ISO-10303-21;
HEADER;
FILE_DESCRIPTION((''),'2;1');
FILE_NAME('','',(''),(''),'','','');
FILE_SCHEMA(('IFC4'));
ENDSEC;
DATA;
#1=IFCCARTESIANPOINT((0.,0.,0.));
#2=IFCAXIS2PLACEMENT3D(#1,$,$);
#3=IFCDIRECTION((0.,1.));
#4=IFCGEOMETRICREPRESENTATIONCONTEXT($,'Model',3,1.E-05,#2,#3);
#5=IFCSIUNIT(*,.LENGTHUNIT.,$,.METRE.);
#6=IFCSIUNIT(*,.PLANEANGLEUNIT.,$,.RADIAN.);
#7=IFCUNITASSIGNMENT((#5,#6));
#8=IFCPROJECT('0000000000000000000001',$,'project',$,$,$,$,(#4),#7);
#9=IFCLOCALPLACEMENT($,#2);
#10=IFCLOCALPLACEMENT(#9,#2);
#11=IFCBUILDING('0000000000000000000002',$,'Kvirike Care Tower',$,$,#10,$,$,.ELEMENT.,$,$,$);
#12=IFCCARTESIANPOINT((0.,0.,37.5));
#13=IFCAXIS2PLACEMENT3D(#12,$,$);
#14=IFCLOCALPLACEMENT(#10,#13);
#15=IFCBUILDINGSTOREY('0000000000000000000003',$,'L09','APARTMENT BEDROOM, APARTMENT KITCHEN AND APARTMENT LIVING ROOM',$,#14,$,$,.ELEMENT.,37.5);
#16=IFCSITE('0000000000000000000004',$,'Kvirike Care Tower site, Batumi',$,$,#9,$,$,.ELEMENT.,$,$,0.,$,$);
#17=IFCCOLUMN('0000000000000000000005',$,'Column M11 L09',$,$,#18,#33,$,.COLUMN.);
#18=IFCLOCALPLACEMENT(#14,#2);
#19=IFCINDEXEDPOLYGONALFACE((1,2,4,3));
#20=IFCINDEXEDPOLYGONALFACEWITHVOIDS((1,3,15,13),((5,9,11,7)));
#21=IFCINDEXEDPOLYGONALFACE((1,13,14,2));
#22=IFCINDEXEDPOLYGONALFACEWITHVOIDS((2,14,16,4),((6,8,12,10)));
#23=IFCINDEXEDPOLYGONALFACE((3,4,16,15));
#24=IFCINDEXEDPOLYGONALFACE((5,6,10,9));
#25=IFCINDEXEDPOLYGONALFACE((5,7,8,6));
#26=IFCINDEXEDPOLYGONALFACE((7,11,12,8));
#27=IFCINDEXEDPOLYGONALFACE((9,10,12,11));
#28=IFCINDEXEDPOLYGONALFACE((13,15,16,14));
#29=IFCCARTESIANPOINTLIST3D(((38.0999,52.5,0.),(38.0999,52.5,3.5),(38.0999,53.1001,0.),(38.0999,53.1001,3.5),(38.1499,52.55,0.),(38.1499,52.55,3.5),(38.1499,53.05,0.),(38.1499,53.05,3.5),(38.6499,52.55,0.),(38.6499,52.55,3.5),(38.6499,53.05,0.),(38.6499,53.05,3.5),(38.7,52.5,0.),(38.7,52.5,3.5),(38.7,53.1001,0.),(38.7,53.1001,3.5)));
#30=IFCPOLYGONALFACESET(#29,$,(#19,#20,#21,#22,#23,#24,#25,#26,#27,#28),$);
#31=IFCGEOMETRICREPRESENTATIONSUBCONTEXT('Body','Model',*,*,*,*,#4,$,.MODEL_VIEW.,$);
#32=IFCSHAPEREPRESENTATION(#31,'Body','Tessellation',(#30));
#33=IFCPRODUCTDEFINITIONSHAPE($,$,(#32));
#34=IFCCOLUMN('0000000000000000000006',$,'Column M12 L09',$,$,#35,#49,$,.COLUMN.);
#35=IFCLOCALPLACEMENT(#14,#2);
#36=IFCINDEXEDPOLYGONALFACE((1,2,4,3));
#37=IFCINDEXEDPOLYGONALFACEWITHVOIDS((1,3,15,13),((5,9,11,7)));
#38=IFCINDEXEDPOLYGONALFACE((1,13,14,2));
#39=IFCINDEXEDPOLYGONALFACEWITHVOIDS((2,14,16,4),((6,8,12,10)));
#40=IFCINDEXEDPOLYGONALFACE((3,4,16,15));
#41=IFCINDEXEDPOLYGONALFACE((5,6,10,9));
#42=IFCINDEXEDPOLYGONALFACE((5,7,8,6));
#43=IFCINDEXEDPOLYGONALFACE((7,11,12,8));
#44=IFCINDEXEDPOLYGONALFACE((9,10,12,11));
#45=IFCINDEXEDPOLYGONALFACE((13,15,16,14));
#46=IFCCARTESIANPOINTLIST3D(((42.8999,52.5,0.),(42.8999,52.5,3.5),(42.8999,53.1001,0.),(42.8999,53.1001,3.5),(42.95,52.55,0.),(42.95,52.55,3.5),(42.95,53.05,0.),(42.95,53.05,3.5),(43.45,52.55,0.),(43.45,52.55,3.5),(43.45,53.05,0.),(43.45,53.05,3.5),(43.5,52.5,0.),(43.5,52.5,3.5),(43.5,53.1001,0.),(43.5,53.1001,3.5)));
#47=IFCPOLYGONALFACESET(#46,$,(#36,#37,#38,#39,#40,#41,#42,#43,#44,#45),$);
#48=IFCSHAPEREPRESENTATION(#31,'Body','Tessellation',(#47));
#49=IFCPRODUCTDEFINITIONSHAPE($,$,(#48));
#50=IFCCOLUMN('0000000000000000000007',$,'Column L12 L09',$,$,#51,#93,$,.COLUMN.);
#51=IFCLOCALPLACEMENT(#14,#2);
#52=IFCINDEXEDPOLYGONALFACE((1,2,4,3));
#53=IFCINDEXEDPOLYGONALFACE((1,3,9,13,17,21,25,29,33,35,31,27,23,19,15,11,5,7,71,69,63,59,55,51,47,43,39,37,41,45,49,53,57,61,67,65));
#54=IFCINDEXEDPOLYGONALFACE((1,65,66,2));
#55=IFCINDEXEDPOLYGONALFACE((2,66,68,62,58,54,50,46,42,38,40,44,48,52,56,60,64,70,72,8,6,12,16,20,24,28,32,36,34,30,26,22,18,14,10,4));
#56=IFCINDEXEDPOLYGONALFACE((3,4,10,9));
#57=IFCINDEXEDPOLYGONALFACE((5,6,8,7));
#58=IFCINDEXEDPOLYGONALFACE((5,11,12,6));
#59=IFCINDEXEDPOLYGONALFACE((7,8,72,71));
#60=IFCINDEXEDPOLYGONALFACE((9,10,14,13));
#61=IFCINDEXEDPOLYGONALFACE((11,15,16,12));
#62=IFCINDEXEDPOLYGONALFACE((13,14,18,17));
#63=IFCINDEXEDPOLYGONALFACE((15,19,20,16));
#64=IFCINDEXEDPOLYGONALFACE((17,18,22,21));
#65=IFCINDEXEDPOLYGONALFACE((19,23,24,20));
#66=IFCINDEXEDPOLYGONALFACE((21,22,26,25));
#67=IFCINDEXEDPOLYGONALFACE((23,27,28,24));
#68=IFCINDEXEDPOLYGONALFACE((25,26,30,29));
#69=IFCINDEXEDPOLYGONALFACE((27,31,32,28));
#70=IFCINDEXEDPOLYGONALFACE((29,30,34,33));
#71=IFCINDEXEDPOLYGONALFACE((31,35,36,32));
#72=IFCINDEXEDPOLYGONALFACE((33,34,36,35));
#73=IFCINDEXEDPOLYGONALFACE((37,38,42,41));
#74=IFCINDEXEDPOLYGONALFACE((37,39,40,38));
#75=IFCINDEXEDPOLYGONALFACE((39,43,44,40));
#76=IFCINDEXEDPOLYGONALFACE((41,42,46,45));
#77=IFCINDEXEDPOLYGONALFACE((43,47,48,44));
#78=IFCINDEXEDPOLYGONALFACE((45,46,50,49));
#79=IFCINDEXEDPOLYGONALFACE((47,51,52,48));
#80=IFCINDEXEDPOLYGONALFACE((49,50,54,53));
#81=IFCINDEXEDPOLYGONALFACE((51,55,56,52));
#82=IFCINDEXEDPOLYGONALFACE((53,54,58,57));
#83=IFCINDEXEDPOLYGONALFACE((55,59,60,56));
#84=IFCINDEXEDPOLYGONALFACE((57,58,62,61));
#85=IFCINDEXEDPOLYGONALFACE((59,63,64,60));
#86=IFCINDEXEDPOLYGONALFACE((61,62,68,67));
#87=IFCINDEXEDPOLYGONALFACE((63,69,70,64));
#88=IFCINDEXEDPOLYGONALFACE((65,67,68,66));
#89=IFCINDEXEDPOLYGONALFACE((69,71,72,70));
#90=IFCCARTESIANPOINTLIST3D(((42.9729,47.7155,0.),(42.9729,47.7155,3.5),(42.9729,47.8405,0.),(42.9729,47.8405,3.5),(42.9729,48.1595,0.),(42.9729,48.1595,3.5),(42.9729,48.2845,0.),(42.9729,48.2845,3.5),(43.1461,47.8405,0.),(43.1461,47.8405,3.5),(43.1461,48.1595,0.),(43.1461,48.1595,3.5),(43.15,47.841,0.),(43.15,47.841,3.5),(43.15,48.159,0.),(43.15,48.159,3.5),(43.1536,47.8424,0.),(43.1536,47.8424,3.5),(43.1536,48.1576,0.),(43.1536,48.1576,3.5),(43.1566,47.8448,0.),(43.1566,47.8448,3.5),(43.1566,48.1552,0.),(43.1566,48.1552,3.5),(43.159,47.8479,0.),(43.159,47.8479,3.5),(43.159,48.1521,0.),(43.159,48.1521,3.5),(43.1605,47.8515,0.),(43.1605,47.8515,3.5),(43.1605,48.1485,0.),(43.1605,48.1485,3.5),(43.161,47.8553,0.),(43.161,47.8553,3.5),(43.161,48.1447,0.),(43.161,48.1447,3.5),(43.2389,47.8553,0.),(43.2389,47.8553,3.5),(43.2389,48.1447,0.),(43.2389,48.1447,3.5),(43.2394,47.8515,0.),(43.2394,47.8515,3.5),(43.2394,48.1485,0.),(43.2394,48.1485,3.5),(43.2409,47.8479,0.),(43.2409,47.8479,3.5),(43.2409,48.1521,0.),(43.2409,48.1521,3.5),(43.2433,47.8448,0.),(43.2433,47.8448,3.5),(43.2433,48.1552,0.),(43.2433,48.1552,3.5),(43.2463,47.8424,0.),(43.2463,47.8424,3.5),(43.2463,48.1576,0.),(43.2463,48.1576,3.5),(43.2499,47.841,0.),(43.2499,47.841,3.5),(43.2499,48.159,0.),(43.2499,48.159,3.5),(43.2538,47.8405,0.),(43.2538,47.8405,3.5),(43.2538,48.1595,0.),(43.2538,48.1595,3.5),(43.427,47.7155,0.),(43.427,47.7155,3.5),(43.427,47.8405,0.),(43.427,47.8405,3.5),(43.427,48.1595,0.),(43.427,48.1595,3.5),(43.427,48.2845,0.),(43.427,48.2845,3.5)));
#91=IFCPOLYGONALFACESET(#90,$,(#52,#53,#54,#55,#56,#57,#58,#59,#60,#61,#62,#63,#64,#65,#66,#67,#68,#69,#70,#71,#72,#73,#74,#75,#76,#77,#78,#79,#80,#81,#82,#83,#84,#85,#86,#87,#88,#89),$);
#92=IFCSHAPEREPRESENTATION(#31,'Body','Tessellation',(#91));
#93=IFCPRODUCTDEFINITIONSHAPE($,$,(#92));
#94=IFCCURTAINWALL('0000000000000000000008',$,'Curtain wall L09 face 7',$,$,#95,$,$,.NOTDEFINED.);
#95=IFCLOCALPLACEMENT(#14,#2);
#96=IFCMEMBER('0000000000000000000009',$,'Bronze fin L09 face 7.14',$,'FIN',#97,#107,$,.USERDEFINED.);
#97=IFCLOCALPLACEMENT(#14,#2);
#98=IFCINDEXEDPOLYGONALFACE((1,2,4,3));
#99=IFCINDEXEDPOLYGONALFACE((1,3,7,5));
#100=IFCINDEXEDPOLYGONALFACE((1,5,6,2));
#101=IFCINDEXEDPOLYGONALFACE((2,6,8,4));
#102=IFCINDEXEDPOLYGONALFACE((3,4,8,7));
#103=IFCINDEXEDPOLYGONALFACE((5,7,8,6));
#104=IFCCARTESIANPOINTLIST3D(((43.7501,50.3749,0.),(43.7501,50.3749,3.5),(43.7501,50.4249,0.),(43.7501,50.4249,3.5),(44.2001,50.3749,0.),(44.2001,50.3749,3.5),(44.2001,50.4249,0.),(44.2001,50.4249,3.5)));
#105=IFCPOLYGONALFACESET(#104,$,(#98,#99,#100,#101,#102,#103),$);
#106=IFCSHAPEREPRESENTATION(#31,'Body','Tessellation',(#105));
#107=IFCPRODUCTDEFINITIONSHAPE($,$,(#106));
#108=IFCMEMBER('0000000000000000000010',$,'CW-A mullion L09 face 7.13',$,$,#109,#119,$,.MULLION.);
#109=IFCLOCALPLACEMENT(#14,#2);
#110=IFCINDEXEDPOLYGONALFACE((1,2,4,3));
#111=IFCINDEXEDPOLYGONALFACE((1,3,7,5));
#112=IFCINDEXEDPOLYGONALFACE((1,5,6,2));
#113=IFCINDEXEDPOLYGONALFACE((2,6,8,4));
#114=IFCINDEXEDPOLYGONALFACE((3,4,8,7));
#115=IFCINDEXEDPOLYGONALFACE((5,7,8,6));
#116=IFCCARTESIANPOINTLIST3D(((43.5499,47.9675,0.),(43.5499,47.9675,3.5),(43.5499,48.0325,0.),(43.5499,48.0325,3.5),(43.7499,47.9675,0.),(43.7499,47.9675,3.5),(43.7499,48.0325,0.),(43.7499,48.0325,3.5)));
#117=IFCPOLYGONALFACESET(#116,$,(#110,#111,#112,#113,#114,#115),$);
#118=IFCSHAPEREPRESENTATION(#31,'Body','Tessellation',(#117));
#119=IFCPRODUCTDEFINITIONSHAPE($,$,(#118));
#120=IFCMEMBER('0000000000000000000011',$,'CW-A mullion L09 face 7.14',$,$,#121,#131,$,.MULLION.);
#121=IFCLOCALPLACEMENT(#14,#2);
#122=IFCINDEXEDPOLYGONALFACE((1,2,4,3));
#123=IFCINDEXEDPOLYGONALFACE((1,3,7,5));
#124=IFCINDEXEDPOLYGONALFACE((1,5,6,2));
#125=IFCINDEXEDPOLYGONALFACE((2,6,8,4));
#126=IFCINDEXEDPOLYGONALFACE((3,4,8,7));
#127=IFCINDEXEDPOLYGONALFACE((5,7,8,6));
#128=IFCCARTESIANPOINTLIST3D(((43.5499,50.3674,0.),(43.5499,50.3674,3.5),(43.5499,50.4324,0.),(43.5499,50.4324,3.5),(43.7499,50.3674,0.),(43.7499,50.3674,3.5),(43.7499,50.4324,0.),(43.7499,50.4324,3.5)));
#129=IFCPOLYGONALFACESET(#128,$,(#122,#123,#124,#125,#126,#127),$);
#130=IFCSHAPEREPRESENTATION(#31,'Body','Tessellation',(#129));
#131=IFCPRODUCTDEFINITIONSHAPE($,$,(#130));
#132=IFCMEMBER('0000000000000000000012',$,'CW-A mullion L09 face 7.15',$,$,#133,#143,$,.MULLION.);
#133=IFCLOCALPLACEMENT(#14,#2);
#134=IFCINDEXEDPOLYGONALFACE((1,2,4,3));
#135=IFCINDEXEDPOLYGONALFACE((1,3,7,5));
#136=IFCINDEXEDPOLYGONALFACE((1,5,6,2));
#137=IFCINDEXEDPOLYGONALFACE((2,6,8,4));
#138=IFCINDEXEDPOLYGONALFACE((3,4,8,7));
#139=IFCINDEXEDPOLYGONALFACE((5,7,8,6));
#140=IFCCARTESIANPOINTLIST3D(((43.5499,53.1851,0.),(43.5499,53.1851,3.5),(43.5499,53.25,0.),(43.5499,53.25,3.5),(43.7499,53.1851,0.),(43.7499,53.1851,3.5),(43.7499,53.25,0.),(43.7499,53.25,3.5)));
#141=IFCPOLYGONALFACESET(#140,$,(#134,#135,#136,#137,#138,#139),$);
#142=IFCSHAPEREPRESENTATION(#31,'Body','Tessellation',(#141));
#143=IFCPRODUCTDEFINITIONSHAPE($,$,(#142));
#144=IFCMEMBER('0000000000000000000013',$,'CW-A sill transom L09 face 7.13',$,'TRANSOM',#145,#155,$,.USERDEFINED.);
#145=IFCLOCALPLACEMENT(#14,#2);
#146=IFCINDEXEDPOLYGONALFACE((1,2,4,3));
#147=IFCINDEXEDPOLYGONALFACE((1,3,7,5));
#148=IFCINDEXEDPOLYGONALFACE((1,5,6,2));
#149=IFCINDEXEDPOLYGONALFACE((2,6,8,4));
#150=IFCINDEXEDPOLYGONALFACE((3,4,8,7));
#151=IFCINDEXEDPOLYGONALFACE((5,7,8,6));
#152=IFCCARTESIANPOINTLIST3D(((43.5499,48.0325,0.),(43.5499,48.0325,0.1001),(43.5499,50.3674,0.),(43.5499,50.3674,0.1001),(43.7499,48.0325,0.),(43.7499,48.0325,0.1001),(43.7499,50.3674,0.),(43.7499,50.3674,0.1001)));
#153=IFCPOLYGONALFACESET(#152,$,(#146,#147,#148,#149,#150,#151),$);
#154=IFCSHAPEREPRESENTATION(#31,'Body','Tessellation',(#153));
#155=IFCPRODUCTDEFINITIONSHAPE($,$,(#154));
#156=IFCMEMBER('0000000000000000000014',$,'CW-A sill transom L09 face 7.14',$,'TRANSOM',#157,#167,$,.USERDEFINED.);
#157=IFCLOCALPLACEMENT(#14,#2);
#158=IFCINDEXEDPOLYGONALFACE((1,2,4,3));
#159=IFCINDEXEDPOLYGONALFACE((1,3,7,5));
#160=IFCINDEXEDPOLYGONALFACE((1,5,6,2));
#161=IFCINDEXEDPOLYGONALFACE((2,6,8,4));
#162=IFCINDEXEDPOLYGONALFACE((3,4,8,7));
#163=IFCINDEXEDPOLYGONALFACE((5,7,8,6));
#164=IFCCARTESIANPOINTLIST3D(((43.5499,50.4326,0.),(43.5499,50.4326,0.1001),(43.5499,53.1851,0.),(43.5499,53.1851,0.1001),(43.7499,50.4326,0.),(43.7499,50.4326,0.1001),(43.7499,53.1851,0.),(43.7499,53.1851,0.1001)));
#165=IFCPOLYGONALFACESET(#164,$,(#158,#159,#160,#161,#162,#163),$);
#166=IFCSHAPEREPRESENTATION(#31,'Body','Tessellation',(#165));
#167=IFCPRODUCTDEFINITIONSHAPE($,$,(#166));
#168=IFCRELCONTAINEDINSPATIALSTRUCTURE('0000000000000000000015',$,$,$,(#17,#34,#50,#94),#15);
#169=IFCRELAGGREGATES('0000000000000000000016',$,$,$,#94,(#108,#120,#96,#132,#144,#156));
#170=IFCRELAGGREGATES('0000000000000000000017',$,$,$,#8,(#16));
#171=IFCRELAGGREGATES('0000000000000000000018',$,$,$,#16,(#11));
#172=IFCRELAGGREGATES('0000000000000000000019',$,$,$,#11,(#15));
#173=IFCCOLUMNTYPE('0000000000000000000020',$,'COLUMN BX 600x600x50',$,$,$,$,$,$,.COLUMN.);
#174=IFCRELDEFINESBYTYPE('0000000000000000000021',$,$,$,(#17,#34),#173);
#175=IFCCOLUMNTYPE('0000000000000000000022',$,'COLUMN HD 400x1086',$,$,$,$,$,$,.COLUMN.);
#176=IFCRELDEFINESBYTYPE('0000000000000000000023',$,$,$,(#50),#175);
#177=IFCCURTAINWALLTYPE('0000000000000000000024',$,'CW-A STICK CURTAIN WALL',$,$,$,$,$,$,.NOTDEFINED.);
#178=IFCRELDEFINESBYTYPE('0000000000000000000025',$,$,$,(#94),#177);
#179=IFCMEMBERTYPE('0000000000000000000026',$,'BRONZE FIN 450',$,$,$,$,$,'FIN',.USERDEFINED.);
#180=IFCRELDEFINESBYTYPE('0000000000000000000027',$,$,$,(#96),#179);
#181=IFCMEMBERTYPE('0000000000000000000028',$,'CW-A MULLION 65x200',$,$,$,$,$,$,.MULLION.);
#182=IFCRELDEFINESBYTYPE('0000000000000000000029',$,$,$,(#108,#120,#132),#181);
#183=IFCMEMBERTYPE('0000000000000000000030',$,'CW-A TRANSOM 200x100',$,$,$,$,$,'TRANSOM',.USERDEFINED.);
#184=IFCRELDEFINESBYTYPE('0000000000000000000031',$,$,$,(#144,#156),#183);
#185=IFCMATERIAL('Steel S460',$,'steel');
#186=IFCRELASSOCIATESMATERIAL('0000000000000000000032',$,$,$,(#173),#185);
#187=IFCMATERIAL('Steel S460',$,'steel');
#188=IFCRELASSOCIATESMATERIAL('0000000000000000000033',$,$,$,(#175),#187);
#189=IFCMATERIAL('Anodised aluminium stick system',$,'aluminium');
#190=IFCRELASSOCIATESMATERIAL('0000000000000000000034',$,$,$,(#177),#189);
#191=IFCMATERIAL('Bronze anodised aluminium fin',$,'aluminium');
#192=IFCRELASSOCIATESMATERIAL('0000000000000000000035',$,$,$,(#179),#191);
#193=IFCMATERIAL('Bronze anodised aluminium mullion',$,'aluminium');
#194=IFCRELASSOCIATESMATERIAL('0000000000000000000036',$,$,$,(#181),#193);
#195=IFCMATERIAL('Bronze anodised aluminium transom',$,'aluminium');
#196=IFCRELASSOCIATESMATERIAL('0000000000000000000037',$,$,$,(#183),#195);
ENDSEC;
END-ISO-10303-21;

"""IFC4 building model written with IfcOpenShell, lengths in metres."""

from ifc_helpers import new_model, si_unit, direction, frame, origin, origin_2d, place, context, subcontext, project, spatial, rectangle, hollow_rectangle, i_section, extrude, material, material_profile, profile_set, type_object, element, aggregate, save


model = new_model("IFC4")

# Units and contexts
model_context = context("Model", 3, precision=1e-05, world=origin(), true_north=direction((0.0, 1.0)))
body_context = subcontext(model_context, "Body", "Model", "MODEL_VIEW")
ifc_project = project(units=[si_unit("LENGTHUNIT", "METRE"), si_unit("PLANEANGLEUNIT", "RADIAN")], contexts=[model_context])

# Site, building, storey
site_placement = place(None, origin())
site = spatial("IfcSite", under=ifc_project, at=site_placement, Name="Kvirike Care Tower site, Batumi", CompositionType="ELEMENT", RefElevation=0.0)
building_placement = place(site_placement, origin())
building = spatial("IfcBuilding", under=site, at=building_placement, Name="Kvirike Care Tower", CompositionType="ELEMENT")
storey_placement = place(building_placement, frame((0.0, 0.0, 37.5)))
storey = spatial("IfcBuildingStorey", under=building, at=storey_placement, Name="L09", Description="APARTMENT BEDROOM, APARTMENT KITCHEN AND APARTMENT LIVING ROOM", CompositionType="ELEMENT", Elevation=37.5)

# Columns
ifc_material_1 = material(Name="Steel S460", Category="steel")
ifc_material_profile_1 = material_profile(ifc_material_1, hollow_rectangle(XDim=0.6001, YDim=0.6001, WallThickness=0.05, at=origin_2d()), Name="BX 600x600x50")
ifc_profile_set_1 = profile_set([ifc_material_profile_1], Name="Steel S460")
column_type_1 = type_object("IfcColumnType", Name="COLUMN BX 600x600x50", PredefinedType="COLUMN", material=ifc_profile_set_1)
for number, where, z_axis, x_axis, name in (
    (1, (38.3999, 52.8, 0.0), (0.0, 0.0, 1.0), (0.0, 1.0, 0.0), "Column M11 L09"),
    (2, (43.2, 52.8, 0.0), (0.0, 0.0, 1.0), (0.0, 1.0, 0.0), "Column M12 L09"),
):
    element("IfcColumn", number, at=place(storey_placement, frame(where, z_axis=z_axis, x_axis=x_axis)), inside=storey, type_object=column_type_1, Name=name, PredefinedType="COLUMN", context=body_context, shape_type="SweptSolid", body=[
        extrude(hollow_rectangle(XDim=0.6001, YDim=0.6001, WallThickness=0.05, at=origin_2d()), origin(), (0.0, 0.0, 1.0), 3.5),
    ])
ifc_material_2 = material(Name="Steel S460", Category="steel")
ifc_material_profile_2 = material_profile(ifc_material_2, i_section(OverallWidth=0.4541, OverallDepth=0.5691, WebThickness=0.0779, FlangeThickness=0.125, FilletRadius=0.0149, at=origin_2d()), Name="HD 400x1086")
ifc_profile_set_2 = profile_set([ifc_material_profile_2], Name="Steel S460")
column_type_2 = type_object("IfcColumnType", Name="COLUMN HD 400x1086", PredefinedType="COLUMN", material=ifc_profile_set_2)
column_placement = place(storey_placement, frame((43.2, 48.0, 0.0), z_axis=(0.0, 0.0, 1.0), x_axis=(1.0, 0.0, 0.0)))
element("IfcColumn", 3, at=column_placement, inside=storey, type_object=column_type_2, Name="Column L12 L09", PredefinedType="COLUMN", context=body_context, shape_type="SweptSolid", body=[
    extrude(i_section(OverallWidth=0.4541, OverallDepth=0.5691, WebThickness=0.0779, FlangeThickness=0.125, FilletRadius=0.0149, at=origin_2d()), origin(), (0.0, 0.0, 1.0), 3.5),
])

# Curtain wall, members
ifc_material_3 = material(Name="Anodised aluminium stick system", Category="aluminium")
curtain_wall_type = type_object("IfcCurtainWallType", Name="CW-A STICK CURTAIN WALL", PredefinedType="NOTDEFINED", material=ifc_material_3)
curtain_wall_placement = place(storey_placement, origin())
curtain_wall = element("IfcCurtainWall", 4, at=curtain_wall_placement, inside=storey, type_object=curtain_wall_type, Name="Curtain wall L09 face 7", PredefinedType="NOTDEFINED")
ifc_material_4 = material(Name="Bronze anodised aluminium fin", Category="aluminium")
ifc_material_profile_3 = material_profile(ifc_material_4, rectangle(XDim=0.05, YDim=0.45, at=origin_2d()), Name="BRONZE FIN 450")
ifc_profile_set_3 = profile_set([ifc_material_profile_3], Name="Bronze anodised aluminium fin")
member_type_1 = type_object("IfcMemberType", Name="BRONZE FIN 450", ElementType="FIN", PredefinedType="USERDEFINED", material=ifc_profile_set_3)
member_1_placement = place(storey_placement, frame((43.9751, 50.3999, 0.0), z_axis=(0.0, 0.0, 1.0), x_axis=(0.0, 1.0, 0.0)))
member_1 = element("IfcMember", 5, at=member_1_placement, type_object=member_type_1, Name="Bronze fin L09 face 7.14", ObjectType="FIN", PredefinedType="USERDEFINED", context=body_context, shape_type="SweptSolid", body=[
    extrude(rectangle(XDim=0.05, YDim=0.45, at=origin_2d()), origin(), (0.0, 0.0, 1.0), 3.5),
])
ifc_material_5 = material(Name="Bronze anodised aluminium mullion", Category="aluminium")
ifc_material_profile_4 = material_profile(ifc_material_5, rectangle(XDim=0.0649, YDim=0.2, at=origin_2d()), Name="CW-A MULLION 65x200")
ifc_profile_set_4 = profile_set([ifc_material_profile_4], Name="Bronze anodised aluminium mullion")
member_type_2 = type_object("IfcMemberType", Name="CW-A MULLION 65x200", PredefinedType="MULLION", material=ifc_profile_set_4)
member_2_placement = place(storey_placement, frame((43.6499, 48.0, 0.0), z_axis=(0.0, 0.0, 1.0), x_axis=(0.0, 1.0, 0.0)))
member_2 = element("IfcMember", 6, at=member_2_placement, type_object=member_type_2, Name="CW-A mullion L09 face 7.13", PredefinedType="MULLION", context=body_context, shape_type="SweptSolid", body=[
    extrude(rectangle(XDim=0.0649, YDim=0.2, at=origin_2d()), origin(), (0.0, 0.0, 1.0), 3.5),
])
member_3_placement = place(storey_placement, frame((43.6499, 50.3999, 0.0), z_axis=(0.0, 0.0, 1.0), x_axis=(0.0, 1.0, 0.0)))
member_3 = element("IfcMember", 7, at=member_3_placement, type_object=member_type_2, Name="CW-A mullion L09 face 7.14", PredefinedType="MULLION", context=body_context, shape_type="SweptSolid", body=[
    extrude(rectangle(XDim=0.0649, YDim=0.2, at=origin_2d()), origin(), (0.0, 0.0, 1.0), 3.5),
])
member_4_placement = place(storey_placement, frame((43.6499, 53.2175, 0.0), z_axis=(0.0, 0.0, 1.0), x_axis=(0.0, 1.0, 0.0)))
member_4 = element("IfcMember", 8, at=member_4_placement, type_object=member_type_2, Name="CW-A mullion L09 face 7.15", PredefinedType="MULLION", context=body_context, shape_type="SweptSolid", body=[
    extrude(rectangle(XDim=0.0649, YDim=0.2, at=origin_2d()), origin(), (0.0, 0.0, 1.0), 3.5),
])
ifc_material_6 = material(Name="Bronze anodised aluminium transom", Category="aluminium")
ifc_material_profile_5 = material_profile(ifc_material_6, rectangle(XDim=0.2, YDim=0.1001, at=origin_2d()), Name="CW-A TRANSOM 200x100")
ifc_profile_set_5 = profile_set([ifc_material_profile_5], Name="Bronze anodised aluminium transom")
member_type_3 = type_object("IfcMemberType", Name="CW-A TRANSOM 200x100", ElementType="TRANSOM", PredefinedType="USERDEFINED", material=ifc_profile_set_5)
member_5_placement = place(storey_placement, frame((43.6499, 48.0325, 0.05), z_axis=(0.0, 1.0, 0.0), x_axis=(-1.0, 0.0, 0.0)))
member_5 = element("IfcMember", 9, at=member_5_placement, type_object=member_type_3, Name="CW-A sill transom L09 face 7.13", ObjectType="TRANSOM", PredefinedType="USERDEFINED", context=body_context, shape_type="SweptSolid", body=[
    extrude(rectangle(XDim=0.2, YDim=0.1001, at=origin_2d()), origin(), (0.0, 0.0, 1.0), 2.335),
])
member_6_placement = place(storey_placement, frame((43.6499, 50.4326, 0.05), z_axis=(0.0, 1.0, 0.0), x_axis=(-1.0, 0.0, 0.0)))
member_6 = element("IfcMember", 10, at=member_6_placement, type_object=member_type_3, Name="CW-A sill transom L09 face 7.14", ObjectType="TRANSOM", PredefinedType="USERDEFINED", context=body_context, shape_type="SweptSolid", body=[
    extrude(rectangle(XDim=0.2, YDim=0.1001, at=origin_2d()), origin(), (0.0, 0.0, 1.0), 2.7524),
])

aggregate(curtain_wall, [member_2, member_3, member_1, member_4, member_5, member_6])

save(model, "model.ifc")
